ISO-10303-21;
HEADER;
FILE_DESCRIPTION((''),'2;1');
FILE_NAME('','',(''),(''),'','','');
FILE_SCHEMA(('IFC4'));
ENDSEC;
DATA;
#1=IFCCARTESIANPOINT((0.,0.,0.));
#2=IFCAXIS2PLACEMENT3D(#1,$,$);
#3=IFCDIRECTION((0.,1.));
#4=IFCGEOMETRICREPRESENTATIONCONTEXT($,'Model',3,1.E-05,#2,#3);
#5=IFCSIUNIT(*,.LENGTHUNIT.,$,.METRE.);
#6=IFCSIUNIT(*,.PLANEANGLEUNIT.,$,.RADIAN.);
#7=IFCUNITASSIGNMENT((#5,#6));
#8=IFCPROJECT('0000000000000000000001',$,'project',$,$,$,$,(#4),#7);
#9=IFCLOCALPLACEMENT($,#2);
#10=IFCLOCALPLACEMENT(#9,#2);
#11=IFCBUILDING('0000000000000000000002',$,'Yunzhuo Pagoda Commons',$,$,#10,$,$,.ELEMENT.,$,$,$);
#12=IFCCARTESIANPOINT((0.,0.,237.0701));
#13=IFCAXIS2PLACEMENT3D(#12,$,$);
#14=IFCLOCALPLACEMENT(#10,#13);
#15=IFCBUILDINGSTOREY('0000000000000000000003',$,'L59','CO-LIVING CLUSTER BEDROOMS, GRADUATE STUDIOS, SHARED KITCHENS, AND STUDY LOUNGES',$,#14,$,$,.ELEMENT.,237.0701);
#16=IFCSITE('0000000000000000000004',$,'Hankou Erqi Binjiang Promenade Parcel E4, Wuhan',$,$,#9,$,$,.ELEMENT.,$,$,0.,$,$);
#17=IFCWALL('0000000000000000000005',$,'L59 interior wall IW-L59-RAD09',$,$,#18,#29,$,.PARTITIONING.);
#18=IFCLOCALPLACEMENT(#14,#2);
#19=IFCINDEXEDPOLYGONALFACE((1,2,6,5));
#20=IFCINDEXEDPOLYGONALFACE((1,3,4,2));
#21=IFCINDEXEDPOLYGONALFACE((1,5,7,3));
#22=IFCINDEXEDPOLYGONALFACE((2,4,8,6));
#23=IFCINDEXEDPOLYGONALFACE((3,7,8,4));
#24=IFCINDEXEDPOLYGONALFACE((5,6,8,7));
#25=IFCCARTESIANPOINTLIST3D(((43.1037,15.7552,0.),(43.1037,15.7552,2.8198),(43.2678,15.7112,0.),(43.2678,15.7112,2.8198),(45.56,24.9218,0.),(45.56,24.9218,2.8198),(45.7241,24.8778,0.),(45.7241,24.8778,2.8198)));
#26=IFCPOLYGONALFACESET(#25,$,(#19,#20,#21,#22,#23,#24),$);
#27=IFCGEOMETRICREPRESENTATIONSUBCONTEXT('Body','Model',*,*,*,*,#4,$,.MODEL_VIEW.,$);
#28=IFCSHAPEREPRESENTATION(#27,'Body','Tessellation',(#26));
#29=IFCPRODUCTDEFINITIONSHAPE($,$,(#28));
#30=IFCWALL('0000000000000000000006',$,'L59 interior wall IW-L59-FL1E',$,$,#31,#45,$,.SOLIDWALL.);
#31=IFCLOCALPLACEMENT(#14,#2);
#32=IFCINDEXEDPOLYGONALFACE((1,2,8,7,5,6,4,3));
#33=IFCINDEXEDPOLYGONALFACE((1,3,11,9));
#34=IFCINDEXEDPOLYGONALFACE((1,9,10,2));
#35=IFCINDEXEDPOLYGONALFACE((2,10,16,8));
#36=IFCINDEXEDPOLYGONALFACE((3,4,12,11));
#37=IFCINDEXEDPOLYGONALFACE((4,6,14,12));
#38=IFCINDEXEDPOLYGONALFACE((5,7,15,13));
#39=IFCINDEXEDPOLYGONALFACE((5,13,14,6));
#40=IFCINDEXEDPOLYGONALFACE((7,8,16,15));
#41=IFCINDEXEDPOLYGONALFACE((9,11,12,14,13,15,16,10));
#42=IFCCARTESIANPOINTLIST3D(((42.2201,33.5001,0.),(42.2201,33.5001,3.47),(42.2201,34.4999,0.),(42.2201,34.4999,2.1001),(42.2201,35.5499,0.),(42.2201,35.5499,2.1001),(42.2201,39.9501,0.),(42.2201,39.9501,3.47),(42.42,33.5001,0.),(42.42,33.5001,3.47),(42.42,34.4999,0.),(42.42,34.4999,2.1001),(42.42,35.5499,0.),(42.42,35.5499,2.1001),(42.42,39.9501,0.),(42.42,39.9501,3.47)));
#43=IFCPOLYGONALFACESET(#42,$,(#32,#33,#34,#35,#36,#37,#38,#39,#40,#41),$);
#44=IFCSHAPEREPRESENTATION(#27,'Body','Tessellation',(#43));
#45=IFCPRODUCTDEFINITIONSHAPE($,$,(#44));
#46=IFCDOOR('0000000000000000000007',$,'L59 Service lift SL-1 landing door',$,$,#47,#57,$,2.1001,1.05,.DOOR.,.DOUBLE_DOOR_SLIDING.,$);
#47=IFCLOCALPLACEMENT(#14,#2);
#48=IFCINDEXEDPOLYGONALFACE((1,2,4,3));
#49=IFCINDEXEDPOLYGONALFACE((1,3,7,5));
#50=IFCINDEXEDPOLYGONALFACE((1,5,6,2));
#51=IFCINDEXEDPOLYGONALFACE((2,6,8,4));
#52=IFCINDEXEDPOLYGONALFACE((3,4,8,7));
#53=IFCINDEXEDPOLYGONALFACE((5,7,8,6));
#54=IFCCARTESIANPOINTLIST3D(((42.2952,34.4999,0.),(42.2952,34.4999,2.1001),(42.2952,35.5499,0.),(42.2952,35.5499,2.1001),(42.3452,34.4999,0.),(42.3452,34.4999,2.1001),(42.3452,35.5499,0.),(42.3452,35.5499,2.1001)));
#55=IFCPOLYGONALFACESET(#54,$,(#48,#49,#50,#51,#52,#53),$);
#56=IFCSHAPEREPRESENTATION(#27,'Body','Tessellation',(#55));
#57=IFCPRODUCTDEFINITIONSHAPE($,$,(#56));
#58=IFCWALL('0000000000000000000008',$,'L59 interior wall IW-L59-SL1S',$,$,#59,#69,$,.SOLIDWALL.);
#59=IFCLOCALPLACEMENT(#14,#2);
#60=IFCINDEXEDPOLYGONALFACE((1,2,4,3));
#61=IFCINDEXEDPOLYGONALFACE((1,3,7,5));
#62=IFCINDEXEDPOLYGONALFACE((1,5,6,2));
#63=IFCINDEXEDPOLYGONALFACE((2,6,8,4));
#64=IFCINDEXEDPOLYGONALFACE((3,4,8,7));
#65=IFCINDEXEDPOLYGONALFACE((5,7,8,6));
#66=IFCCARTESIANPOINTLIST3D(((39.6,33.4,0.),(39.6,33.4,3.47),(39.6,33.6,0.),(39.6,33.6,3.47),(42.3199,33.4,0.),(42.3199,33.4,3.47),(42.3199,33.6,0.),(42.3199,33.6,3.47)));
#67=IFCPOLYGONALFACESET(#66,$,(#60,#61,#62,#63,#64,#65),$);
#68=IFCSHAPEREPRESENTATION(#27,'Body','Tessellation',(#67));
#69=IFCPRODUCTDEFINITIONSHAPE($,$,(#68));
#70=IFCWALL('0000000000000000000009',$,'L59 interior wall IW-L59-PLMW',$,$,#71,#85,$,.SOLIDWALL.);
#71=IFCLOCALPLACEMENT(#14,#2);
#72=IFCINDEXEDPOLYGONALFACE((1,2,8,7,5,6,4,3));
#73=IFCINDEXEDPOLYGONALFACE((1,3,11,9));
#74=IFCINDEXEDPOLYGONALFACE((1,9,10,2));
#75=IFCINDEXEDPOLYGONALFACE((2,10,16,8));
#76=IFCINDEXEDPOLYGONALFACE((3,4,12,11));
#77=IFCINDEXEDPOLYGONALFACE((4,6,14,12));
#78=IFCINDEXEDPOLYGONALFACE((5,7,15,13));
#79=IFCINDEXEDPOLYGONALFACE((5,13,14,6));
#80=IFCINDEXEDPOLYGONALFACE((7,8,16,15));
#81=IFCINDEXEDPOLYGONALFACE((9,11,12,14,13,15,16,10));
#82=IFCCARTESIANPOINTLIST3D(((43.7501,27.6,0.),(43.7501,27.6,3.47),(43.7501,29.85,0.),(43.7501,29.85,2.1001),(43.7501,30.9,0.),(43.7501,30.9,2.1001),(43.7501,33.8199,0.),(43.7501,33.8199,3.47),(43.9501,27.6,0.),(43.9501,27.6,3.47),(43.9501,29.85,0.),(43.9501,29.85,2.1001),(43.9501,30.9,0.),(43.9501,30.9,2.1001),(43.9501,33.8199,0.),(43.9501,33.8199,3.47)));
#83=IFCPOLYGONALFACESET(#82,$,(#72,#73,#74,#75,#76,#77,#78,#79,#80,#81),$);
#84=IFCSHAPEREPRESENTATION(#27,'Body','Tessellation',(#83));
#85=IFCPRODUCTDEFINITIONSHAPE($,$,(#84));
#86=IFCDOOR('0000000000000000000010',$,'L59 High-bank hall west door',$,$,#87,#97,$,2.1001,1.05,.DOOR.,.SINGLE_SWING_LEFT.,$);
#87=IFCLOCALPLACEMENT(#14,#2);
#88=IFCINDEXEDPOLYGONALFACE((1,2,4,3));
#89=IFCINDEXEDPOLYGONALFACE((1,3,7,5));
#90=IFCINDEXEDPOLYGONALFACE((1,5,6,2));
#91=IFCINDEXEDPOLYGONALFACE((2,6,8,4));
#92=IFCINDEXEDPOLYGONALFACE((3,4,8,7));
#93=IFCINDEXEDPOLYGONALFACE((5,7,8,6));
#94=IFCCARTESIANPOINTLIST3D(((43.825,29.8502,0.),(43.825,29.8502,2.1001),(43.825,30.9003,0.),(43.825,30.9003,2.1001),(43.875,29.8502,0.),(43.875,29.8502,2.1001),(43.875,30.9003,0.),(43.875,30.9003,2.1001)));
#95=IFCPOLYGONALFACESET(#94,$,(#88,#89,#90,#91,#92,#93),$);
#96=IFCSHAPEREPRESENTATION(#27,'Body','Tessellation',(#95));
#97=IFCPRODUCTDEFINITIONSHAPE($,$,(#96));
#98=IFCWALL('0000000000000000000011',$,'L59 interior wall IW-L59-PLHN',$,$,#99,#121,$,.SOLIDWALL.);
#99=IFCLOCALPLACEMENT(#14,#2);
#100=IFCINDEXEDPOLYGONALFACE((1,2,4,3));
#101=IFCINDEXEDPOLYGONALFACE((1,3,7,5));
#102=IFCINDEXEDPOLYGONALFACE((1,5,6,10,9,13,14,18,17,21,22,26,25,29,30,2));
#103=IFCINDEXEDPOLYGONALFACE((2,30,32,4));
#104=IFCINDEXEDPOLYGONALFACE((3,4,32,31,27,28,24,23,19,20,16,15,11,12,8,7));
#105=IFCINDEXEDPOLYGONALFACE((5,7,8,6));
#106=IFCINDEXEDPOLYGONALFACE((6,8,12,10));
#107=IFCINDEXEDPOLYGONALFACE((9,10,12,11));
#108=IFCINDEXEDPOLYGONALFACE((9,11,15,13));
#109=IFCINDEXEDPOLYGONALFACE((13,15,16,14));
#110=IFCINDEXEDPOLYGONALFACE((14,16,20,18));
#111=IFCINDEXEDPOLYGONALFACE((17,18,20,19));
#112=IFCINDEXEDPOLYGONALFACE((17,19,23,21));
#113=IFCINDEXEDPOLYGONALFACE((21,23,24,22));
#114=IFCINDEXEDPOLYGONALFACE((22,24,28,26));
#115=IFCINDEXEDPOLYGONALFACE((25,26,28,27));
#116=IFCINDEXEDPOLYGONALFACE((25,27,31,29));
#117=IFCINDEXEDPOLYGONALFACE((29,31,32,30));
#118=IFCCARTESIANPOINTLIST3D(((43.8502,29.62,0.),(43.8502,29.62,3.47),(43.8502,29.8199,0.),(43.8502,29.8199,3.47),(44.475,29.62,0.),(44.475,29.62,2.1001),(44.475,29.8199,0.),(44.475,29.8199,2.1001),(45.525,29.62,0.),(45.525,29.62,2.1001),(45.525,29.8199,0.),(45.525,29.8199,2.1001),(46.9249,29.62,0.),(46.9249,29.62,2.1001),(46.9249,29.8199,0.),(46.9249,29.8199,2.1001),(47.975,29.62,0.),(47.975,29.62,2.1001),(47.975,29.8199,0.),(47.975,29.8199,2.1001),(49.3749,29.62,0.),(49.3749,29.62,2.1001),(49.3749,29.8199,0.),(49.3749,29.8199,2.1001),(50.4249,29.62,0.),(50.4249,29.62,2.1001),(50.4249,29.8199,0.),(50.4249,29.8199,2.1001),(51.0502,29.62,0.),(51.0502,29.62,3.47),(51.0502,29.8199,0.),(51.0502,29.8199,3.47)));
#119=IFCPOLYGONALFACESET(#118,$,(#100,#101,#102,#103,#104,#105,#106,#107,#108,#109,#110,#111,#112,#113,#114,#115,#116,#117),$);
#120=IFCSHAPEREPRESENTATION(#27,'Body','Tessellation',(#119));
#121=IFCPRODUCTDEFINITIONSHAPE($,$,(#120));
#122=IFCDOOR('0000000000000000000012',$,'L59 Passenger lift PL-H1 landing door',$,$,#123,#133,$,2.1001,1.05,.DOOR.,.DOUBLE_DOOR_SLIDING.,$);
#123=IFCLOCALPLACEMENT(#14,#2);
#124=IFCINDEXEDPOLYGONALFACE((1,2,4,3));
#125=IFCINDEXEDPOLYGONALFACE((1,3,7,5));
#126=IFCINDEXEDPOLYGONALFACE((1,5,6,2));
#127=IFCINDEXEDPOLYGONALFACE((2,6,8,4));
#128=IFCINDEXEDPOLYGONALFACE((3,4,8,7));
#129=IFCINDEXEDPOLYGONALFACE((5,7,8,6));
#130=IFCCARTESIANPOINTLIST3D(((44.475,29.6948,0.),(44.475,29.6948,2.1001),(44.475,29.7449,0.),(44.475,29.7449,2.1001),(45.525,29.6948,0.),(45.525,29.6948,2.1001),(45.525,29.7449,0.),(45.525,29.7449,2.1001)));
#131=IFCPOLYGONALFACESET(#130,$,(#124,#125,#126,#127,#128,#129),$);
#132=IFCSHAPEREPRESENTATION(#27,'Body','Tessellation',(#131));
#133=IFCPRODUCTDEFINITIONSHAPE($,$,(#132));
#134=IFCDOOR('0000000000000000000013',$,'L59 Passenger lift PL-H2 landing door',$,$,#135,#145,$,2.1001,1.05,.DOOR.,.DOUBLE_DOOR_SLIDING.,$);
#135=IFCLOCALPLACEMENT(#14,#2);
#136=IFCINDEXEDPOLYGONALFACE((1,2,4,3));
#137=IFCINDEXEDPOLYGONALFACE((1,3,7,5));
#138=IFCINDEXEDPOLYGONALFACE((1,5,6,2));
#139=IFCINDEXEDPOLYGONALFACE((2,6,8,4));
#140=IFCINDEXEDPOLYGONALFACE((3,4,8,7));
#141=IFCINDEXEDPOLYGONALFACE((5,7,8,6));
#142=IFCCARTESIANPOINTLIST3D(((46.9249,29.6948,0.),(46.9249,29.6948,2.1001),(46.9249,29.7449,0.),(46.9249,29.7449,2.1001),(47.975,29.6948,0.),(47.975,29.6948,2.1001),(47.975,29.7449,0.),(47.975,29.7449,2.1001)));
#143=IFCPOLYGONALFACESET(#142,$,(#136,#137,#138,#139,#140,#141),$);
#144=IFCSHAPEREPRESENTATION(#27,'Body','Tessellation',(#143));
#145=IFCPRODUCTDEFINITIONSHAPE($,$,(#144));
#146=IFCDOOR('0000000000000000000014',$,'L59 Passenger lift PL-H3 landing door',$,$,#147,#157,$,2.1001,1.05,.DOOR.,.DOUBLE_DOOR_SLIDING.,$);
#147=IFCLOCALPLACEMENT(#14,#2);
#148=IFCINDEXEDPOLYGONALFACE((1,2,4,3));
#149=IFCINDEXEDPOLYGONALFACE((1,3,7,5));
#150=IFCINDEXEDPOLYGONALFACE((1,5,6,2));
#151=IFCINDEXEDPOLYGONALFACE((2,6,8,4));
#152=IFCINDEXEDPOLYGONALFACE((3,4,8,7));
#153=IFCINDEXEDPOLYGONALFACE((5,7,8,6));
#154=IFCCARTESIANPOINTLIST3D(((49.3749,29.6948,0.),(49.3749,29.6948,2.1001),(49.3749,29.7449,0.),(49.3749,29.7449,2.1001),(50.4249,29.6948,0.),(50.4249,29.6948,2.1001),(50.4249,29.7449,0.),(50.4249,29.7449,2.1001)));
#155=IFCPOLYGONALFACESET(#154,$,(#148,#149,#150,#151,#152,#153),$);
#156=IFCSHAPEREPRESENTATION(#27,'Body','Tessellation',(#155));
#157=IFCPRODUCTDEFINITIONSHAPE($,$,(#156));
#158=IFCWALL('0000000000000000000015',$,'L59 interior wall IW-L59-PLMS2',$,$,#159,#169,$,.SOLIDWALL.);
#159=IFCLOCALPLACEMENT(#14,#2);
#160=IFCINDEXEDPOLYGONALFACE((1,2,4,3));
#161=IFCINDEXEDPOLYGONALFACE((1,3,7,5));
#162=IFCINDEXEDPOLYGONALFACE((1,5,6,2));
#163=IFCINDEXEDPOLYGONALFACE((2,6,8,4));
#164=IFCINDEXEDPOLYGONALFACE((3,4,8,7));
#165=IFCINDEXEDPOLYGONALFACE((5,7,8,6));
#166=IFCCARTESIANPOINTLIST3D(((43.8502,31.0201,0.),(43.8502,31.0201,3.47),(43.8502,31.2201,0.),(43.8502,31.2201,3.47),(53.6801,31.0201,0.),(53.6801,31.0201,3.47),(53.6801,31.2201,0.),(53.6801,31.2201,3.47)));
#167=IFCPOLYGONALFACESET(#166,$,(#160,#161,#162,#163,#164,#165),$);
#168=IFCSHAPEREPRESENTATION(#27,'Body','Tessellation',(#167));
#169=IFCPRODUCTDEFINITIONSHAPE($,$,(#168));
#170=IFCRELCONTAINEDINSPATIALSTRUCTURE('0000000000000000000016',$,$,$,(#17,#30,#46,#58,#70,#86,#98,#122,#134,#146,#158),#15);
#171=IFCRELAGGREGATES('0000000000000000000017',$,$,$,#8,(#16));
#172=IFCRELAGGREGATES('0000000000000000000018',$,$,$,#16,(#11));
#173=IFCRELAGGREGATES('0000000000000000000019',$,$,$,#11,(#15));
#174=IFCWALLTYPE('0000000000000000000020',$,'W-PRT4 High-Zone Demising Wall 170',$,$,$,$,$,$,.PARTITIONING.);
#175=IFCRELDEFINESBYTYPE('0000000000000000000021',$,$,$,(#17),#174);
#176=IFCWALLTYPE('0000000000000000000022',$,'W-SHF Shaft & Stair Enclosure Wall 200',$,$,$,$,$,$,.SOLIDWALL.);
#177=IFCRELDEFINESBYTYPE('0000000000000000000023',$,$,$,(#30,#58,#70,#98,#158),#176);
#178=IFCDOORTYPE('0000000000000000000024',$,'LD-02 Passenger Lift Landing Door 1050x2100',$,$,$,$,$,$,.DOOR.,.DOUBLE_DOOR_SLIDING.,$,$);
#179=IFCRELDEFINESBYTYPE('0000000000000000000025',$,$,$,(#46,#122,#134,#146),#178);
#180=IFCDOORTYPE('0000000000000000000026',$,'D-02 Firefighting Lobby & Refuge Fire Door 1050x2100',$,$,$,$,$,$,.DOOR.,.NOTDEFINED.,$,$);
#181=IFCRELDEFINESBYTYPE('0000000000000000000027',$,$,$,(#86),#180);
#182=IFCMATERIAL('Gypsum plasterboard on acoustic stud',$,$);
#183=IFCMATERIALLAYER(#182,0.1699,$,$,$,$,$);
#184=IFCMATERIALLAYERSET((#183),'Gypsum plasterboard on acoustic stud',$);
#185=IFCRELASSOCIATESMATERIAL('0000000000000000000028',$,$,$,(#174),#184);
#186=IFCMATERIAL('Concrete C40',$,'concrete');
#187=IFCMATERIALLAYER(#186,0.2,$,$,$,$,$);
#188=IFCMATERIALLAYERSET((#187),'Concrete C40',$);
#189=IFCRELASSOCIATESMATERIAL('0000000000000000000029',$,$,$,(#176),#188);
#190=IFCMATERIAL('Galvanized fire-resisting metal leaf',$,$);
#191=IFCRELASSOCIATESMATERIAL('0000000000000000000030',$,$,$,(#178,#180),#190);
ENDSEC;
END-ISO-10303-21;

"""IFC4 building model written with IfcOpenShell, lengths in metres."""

from ifc_helpers import new_model, si_unit, direction, frame, frame_2d, origin, origin_with_axes, place, context, subcontext, project, spatial, rectangle, extrude, source, transform, mapped, material, layer, layer_set, type_object, element, fill, save


model = new_model("IFC4")

# Units and contexts
model_context = context("Model", 3, precision=1e-05, world=origin(), true_north=direction((0.0, 1.0)))
body_context = subcontext(model_context, "Body", "Model", "MODEL_VIEW")
ifc_project = project(units=[si_unit("LENGTHUNIT", "METRE"), si_unit("PLANEANGLEUNIT", "RADIAN")], contexts=[model_context])

# Site, building, storey
site_placement = place(None, origin())
site = spatial("IfcSite", under=ifc_project, at=site_placement, Name="Hankou Erqi Binjiang Promenade Parcel E4, Wuhan", CompositionType="ELEMENT", RefElevation=0.0)
building_placement = place(site_placement, origin())
building = spatial("IfcBuilding", under=site, at=building_placement, Name="Yunzhuo Pagoda Commons", CompositionType="ELEMENT")
storey_placement = place(building_placement, frame((0.0, 0.0, 237.0701)))
storey = spatial("IfcBuildingStorey", under=building, at=storey_placement, Name="L59", Description="CO-LIVING CLUSTER BEDROOMS, GRADUATE STUDIOS, SHARED KITCHENS, AND STUDY LOUNGES", CompositionType="ELEMENT", Elevation=237.0701)

# Shared definitions
ifc_material_1 = material(Name="Gypsum plasterboard on acoustic stud")
ifc_material_2 = material(Name="Galvanized fire-resisting metal leaf")

# Wall
ifc_layer_1 = layer(ifc_material_1, 0.1699)
ifc_layer_set_1 = layer_set([ifc_layer_1], Name="Gypsum plasterboard on acoustic stud")
wall_type_1 = type_object("IfcWallType", Name="W-PRT4 High-Zone Demising Wall 170", PredefinedType="PARTITIONING", material=ifc_layer_set_1)
wall_1_placement = place(storey_placement, frame((45.6421, 24.8999, 0.0), z_axis=(0.0, 0.0, 1.0), x_axis=(-0.258833, -0.965922, 0.0)))
element("IfcWall", 1, at=wall_1_placement, inside=storey, type_object=wall_type_1, Name="L59 interior wall IW-L59-RAD09", PredefinedType="PARTITIONING", context=body_context, shape_type="SweptSolid", body=[
    extrude(rectangle(XDim=9.49, YDim=0.1699, at=frame_2d((4.7451, 0.0))), origin(), (0.0, 0.0, 1.0), 2.8198),
])

# Wall, opening, door
ifc_material_3 = material(Name="Concrete C40", Category="concrete")
ifc_layer_2 = layer(ifc_material_3, 0.2)
ifc_layer_set_2 = layer_set([ifc_layer_2], Name="Concrete C40")
wall_type_2 = type_object("IfcWallType", Name="W-SHF Shaft & Stair Enclosure Wall 200", PredefinedType="SOLIDWALL", material=ifc_layer_set_2)
wall_2_placement = place(storey_placement, frame((42.3201, 33.5, 0.0), z_axis=(0.0, 0.0, 1.0), x_axis=(0.0, 1.0, 0.0)))
wall_2 = element("IfcWall", 2, at=wall_2_placement, inside=storey, type_object=wall_type_2, Name="L59 interior wall IW-L59-FL1E", PredefinedType="SOLIDWALL", context=body_context, shape_type="SweptSolid", body=[
    extrude(rectangle(XDim=6.45, YDim=0.2, at=frame_2d((3.2251, 0.0))), origin(), (0.0, 0.0, 1.0), 3.47),
])
opening_1_placement = place(wall_2_placement, frame((1.0, 0.0, 0.0)))
opening_1 = element("IfcOpeningElement", 3, at=opening_1_placement, cuts=wall_2, PredefinedType="OPENING", context=body_context, shape_type="SweptSolid", body=[
    extrude(rectangle(XDim=1.05, YDim=2.1001, at=frame_2d((0.5249, 1.05))), frame((0.0, 0.1099, 0.0), z_axis=(0.0, -1.0, 0.0), x_axis=(1.0, 0.0, 0.0)), (0.0, 0.0, 1.0), 0.22),
])
door_type_1 = type_object("IfcDoorType", Name="LD-02 Passenger Lift Landing Door 1050x2100", OperationType="DOUBLE_DOOR_SLIDING", PredefinedType="DOOR", material=ifc_material_2)
shared_shape_1 = source(origin(), body_context, "Body", "SweptSolid", [
    extrude(rectangle(XDim=1.05, YDim=2.1001, at=frame_2d((0.5249, 1.05))), frame((0.0, 0.0249, 0.0), z_axis=(0.0, -1.0, 0.0), x_axis=(1.0, 0.0, 0.0)), (0.0, 0.0, 1.0), 0.05),
])
door_1_placement = place(opening_1_placement, origin_with_axes())
door_1 = element("IfcDoor", 4, at=door_1_placement, inside=storey, type_object=door_type_1, Name="L59 Service lift SL-1 landing door", OperationType="DOUBLE_DOOR_SLIDING", OverallHeight=2.1001, OverallWidth=1.05, PredefinedType="DOOR", context=body_context, shape_type="MappedRepresentation", body=[
    mapped(shared_shape_1, transform((0.0, 0.0, 0.0), scale=1.0)),
])
fill(opening_1, door_1)

# Wall
wall_3_placement = place(storey_placement, frame((39.6001, 33.5, 0.0), z_axis=(0.0, 0.0, 1.0), x_axis=(1.0, 0.0, 0.0)))
element("IfcWall", 5, at=wall_3_placement, inside=storey, type_object=wall_type_2, Name="L59 interior wall IW-L59-SL1S", PredefinedType="SOLIDWALL", context=body_context, shape_type="SweptSolid", body=[
    extrude(rectangle(XDim=2.72, YDim=0.2, at=frame_2d((1.3599, 0.0))), origin(), (0.0, 0.0, 1.0), 3.47),
])

# Wall, opening, door
wall_4_placement = place(storey_placement, frame((43.8501, 27.6001, 0.0), z_axis=(0.0, 0.0, 1.0), x_axis=(0.0, 1.0, 0.0)))
wall_4 = element("IfcWall", 6, at=wall_4_placement, inside=storey, type_object=wall_type_2, Name="L59 interior wall IW-L59-PLMW", PredefinedType="SOLIDWALL", context=body_context, shape_type="SweptSolid", body=[
    extrude(rectangle(XDim=6.22, YDim=0.2, at=frame_2d((3.1099, 0.0))), origin(), (0.0, 0.0, 1.0), 3.47),
])
opening_2_placement = place(wall_4_placement, frame((2.25, 0.0, 0.0)))
opening_2 = element("IfcOpeningElement", 7, at=opening_2_placement, cuts=wall_4, PredefinedType="OPENING", context=body_context, shape_type="SweptSolid", body=[
    extrude(rectangle(XDim=1.05, YDim=2.1001, at=frame_2d((0.5249, 1.05))), frame((0.0, 0.1099, 0.0), z_axis=(0.0, -1.0, 0.0), x_axis=(1.0, 0.0, 0.0)), (0.0, 0.0, 1.0), 0.22),
])
door_type_2 = type_object("IfcDoorType", Name="D-02 Firefighting Lobby & Refuge Fire Door 1050x2100", OperationType="NOTDEFINED", PredefinedType="DOOR", material=ifc_material_2)
door_2_placement = place(opening_2_placement, frame((1.05, 0.0, 0.0), z_axis=(0.0, 0.0, 1.0), x_axis=(-1.0, 0.0, 0.0)))
door_2 = element("IfcDoor", 8, at=door_2_placement, inside=storey, type_object=door_type_2, Name="L59 High-bank hall west door", OperationType="SINGLE_SWING_LEFT", OverallHeight=2.1001, OverallWidth=1.05, PredefinedType="DOOR", context=body_context, shape_type="MappedRepresentation", body=[
    mapped(shared_shape_1, transform((0.0, 0.0, 0.0), scale=1.0)),
])
fill(opening_2, door_2)

# Wall, openings, doors
wall_5_placement = place(storey_placement, frame((43.8501, 29.72, 0.0), z_axis=(0.0, 0.0, 1.0), x_axis=(1.0, 0.0, 0.0)))
wall_5 = element("IfcWall", 9, at=wall_5_placement, inside=storey, type_object=wall_type_2, Name="L59 interior wall IW-L59-PLHN", PredefinedType="SOLIDWALL", context=body_context, shape_type="SweptSolid", body=[
    extrude(rectangle(XDim=7.2, YDim=0.2, at=frame_2d((3.6001, 0.0))), origin(), (0.0, 0.0, 1.0), 3.47),
])
opening_3_placement = place(wall_5_placement, frame((0.625, 0.0, 0.0)))
opening_3 = element("IfcOpeningElement", 10, at=opening_3_placement, cuts=wall_5, PredefinedType="OPENING", context=body_context, shape_type="SweptSolid", body=[
    extrude(rectangle(XDim=1.05, YDim=2.1001, at=frame_2d((0.5249, 1.05))), frame((0.0, 0.1099, 0.0), z_axis=(0.0, -1.0, 0.0), x_axis=(1.0, 0.0, 0.0)), (0.0, 0.0, 1.0), 0.22),
])
opening_4_placement = place(wall_5_placement, frame((3.075, 0.0, 0.0)))
opening_4 = element("IfcOpeningElement", 11, at=opening_4_placement, cuts=wall_5, PredefinedType="OPENING", context=body_context, shape_type="SweptSolid", body=[
    extrude(rectangle(XDim=1.05, YDim=2.1001, at=frame_2d((0.5249, 1.05))), frame((0.0, 0.1099, 0.0), z_axis=(0.0, -1.0, 0.0), x_axis=(1.0, 0.0, 0.0)), (0.0, 0.0, 1.0), 0.22),
])
opening_5_placement = place(wall_5_placement, frame((5.5249, 0.0, 0.0)))
opening_5 = element("IfcOpeningElement", 12, at=opening_5_placement, cuts=wall_5, PredefinedType="OPENING", context=body_context, shape_type="SweptSolid", body=[
    extrude(rectangle(XDim=1.05, YDim=2.1001, at=frame_2d((0.5249, 1.05))), frame((0.0, 0.1099, 0.0), z_axis=(0.0, -1.0, 0.0), x_axis=(1.0, 0.0, 0.0)), (0.0, 0.0, 1.0), 0.22),
])
door_3_placement = place(opening_3_placement, origin_with_axes())
door_3 = element("IfcDoor", 13, at=door_3_placement, inside=storey, type_object=door_type_1, Name="L59 Passenger lift PL-H1 landing door", OperationType="DOUBLE_DOOR_SLIDING", OverallHeight=2.1001, OverallWidth=1.05, PredefinedType="DOOR", context=body_context, shape_type="MappedRepresentation", body=[
    mapped(shared_shape_1, transform((0.0, 0.0, 0.0), scale=1.0)),
])
fill(opening_3, door_3)
door_4_placement = place(opening_4_placement, origin_with_axes())
door_4 = element("IfcDoor", 14, at=door_4_placement, inside=storey, type_object=door_type_1, Name="L59 Passenger lift PL-H2 landing door", OperationType="DOUBLE_DOOR_SLIDING", OverallHeight=2.1001, OverallWidth=1.05, PredefinedType="DOOR", context=body_context, shape_type="MappedRepresentation", body=[
    mapped(shared_shape_1, transform((0.0, 0.0, 0.0), scale=1.0)),
])
fill(opening_4, door_4)
door_5_placement = place(opening_5_placement, origin_with_axes())
door_5 = element("IfcDoor", 15, at=door_5_placement, inside=storey, type_object=door_type_1, Name="L59 Passenger lift PL-H3 landing door", OperationType="DOUBLE_DOOR_SLIDING", OverallHeight=2.1001, OverallWidth=1.05, PredefinedType="DOOR", context=body_context, shape_type="MappedRepresentation", body=[
    mapped(shared_shape_1, transform((0.0, 0.0, 0.0), scale=1.0)),
])
fill(opening_5, door_5)

# Wall
wall_6_placement = place(storey_placement, frame((43.8501, 31.1201, 0.0), z_axis=(0.0, 0.0, 1.0), x_axis=(1.0, 0.0, 0.0)))
element("IfcWall", 16, at=wall_6_placement, inside=storey, type_object=wall_type_2, Name="L59 interior wall IW-L59-PLMS2", PredefinedType="SOLIDWALL", context=body_context, shape_type="SweptSolid", body=[
    extrude(rectangle(XDim=9.8298, YDim=0.2, at=frame_2d((4.915, 0.0))), origin(), (0.0, 0.0, 1.0), 3.47),
])

save(model, "model.ifc")
